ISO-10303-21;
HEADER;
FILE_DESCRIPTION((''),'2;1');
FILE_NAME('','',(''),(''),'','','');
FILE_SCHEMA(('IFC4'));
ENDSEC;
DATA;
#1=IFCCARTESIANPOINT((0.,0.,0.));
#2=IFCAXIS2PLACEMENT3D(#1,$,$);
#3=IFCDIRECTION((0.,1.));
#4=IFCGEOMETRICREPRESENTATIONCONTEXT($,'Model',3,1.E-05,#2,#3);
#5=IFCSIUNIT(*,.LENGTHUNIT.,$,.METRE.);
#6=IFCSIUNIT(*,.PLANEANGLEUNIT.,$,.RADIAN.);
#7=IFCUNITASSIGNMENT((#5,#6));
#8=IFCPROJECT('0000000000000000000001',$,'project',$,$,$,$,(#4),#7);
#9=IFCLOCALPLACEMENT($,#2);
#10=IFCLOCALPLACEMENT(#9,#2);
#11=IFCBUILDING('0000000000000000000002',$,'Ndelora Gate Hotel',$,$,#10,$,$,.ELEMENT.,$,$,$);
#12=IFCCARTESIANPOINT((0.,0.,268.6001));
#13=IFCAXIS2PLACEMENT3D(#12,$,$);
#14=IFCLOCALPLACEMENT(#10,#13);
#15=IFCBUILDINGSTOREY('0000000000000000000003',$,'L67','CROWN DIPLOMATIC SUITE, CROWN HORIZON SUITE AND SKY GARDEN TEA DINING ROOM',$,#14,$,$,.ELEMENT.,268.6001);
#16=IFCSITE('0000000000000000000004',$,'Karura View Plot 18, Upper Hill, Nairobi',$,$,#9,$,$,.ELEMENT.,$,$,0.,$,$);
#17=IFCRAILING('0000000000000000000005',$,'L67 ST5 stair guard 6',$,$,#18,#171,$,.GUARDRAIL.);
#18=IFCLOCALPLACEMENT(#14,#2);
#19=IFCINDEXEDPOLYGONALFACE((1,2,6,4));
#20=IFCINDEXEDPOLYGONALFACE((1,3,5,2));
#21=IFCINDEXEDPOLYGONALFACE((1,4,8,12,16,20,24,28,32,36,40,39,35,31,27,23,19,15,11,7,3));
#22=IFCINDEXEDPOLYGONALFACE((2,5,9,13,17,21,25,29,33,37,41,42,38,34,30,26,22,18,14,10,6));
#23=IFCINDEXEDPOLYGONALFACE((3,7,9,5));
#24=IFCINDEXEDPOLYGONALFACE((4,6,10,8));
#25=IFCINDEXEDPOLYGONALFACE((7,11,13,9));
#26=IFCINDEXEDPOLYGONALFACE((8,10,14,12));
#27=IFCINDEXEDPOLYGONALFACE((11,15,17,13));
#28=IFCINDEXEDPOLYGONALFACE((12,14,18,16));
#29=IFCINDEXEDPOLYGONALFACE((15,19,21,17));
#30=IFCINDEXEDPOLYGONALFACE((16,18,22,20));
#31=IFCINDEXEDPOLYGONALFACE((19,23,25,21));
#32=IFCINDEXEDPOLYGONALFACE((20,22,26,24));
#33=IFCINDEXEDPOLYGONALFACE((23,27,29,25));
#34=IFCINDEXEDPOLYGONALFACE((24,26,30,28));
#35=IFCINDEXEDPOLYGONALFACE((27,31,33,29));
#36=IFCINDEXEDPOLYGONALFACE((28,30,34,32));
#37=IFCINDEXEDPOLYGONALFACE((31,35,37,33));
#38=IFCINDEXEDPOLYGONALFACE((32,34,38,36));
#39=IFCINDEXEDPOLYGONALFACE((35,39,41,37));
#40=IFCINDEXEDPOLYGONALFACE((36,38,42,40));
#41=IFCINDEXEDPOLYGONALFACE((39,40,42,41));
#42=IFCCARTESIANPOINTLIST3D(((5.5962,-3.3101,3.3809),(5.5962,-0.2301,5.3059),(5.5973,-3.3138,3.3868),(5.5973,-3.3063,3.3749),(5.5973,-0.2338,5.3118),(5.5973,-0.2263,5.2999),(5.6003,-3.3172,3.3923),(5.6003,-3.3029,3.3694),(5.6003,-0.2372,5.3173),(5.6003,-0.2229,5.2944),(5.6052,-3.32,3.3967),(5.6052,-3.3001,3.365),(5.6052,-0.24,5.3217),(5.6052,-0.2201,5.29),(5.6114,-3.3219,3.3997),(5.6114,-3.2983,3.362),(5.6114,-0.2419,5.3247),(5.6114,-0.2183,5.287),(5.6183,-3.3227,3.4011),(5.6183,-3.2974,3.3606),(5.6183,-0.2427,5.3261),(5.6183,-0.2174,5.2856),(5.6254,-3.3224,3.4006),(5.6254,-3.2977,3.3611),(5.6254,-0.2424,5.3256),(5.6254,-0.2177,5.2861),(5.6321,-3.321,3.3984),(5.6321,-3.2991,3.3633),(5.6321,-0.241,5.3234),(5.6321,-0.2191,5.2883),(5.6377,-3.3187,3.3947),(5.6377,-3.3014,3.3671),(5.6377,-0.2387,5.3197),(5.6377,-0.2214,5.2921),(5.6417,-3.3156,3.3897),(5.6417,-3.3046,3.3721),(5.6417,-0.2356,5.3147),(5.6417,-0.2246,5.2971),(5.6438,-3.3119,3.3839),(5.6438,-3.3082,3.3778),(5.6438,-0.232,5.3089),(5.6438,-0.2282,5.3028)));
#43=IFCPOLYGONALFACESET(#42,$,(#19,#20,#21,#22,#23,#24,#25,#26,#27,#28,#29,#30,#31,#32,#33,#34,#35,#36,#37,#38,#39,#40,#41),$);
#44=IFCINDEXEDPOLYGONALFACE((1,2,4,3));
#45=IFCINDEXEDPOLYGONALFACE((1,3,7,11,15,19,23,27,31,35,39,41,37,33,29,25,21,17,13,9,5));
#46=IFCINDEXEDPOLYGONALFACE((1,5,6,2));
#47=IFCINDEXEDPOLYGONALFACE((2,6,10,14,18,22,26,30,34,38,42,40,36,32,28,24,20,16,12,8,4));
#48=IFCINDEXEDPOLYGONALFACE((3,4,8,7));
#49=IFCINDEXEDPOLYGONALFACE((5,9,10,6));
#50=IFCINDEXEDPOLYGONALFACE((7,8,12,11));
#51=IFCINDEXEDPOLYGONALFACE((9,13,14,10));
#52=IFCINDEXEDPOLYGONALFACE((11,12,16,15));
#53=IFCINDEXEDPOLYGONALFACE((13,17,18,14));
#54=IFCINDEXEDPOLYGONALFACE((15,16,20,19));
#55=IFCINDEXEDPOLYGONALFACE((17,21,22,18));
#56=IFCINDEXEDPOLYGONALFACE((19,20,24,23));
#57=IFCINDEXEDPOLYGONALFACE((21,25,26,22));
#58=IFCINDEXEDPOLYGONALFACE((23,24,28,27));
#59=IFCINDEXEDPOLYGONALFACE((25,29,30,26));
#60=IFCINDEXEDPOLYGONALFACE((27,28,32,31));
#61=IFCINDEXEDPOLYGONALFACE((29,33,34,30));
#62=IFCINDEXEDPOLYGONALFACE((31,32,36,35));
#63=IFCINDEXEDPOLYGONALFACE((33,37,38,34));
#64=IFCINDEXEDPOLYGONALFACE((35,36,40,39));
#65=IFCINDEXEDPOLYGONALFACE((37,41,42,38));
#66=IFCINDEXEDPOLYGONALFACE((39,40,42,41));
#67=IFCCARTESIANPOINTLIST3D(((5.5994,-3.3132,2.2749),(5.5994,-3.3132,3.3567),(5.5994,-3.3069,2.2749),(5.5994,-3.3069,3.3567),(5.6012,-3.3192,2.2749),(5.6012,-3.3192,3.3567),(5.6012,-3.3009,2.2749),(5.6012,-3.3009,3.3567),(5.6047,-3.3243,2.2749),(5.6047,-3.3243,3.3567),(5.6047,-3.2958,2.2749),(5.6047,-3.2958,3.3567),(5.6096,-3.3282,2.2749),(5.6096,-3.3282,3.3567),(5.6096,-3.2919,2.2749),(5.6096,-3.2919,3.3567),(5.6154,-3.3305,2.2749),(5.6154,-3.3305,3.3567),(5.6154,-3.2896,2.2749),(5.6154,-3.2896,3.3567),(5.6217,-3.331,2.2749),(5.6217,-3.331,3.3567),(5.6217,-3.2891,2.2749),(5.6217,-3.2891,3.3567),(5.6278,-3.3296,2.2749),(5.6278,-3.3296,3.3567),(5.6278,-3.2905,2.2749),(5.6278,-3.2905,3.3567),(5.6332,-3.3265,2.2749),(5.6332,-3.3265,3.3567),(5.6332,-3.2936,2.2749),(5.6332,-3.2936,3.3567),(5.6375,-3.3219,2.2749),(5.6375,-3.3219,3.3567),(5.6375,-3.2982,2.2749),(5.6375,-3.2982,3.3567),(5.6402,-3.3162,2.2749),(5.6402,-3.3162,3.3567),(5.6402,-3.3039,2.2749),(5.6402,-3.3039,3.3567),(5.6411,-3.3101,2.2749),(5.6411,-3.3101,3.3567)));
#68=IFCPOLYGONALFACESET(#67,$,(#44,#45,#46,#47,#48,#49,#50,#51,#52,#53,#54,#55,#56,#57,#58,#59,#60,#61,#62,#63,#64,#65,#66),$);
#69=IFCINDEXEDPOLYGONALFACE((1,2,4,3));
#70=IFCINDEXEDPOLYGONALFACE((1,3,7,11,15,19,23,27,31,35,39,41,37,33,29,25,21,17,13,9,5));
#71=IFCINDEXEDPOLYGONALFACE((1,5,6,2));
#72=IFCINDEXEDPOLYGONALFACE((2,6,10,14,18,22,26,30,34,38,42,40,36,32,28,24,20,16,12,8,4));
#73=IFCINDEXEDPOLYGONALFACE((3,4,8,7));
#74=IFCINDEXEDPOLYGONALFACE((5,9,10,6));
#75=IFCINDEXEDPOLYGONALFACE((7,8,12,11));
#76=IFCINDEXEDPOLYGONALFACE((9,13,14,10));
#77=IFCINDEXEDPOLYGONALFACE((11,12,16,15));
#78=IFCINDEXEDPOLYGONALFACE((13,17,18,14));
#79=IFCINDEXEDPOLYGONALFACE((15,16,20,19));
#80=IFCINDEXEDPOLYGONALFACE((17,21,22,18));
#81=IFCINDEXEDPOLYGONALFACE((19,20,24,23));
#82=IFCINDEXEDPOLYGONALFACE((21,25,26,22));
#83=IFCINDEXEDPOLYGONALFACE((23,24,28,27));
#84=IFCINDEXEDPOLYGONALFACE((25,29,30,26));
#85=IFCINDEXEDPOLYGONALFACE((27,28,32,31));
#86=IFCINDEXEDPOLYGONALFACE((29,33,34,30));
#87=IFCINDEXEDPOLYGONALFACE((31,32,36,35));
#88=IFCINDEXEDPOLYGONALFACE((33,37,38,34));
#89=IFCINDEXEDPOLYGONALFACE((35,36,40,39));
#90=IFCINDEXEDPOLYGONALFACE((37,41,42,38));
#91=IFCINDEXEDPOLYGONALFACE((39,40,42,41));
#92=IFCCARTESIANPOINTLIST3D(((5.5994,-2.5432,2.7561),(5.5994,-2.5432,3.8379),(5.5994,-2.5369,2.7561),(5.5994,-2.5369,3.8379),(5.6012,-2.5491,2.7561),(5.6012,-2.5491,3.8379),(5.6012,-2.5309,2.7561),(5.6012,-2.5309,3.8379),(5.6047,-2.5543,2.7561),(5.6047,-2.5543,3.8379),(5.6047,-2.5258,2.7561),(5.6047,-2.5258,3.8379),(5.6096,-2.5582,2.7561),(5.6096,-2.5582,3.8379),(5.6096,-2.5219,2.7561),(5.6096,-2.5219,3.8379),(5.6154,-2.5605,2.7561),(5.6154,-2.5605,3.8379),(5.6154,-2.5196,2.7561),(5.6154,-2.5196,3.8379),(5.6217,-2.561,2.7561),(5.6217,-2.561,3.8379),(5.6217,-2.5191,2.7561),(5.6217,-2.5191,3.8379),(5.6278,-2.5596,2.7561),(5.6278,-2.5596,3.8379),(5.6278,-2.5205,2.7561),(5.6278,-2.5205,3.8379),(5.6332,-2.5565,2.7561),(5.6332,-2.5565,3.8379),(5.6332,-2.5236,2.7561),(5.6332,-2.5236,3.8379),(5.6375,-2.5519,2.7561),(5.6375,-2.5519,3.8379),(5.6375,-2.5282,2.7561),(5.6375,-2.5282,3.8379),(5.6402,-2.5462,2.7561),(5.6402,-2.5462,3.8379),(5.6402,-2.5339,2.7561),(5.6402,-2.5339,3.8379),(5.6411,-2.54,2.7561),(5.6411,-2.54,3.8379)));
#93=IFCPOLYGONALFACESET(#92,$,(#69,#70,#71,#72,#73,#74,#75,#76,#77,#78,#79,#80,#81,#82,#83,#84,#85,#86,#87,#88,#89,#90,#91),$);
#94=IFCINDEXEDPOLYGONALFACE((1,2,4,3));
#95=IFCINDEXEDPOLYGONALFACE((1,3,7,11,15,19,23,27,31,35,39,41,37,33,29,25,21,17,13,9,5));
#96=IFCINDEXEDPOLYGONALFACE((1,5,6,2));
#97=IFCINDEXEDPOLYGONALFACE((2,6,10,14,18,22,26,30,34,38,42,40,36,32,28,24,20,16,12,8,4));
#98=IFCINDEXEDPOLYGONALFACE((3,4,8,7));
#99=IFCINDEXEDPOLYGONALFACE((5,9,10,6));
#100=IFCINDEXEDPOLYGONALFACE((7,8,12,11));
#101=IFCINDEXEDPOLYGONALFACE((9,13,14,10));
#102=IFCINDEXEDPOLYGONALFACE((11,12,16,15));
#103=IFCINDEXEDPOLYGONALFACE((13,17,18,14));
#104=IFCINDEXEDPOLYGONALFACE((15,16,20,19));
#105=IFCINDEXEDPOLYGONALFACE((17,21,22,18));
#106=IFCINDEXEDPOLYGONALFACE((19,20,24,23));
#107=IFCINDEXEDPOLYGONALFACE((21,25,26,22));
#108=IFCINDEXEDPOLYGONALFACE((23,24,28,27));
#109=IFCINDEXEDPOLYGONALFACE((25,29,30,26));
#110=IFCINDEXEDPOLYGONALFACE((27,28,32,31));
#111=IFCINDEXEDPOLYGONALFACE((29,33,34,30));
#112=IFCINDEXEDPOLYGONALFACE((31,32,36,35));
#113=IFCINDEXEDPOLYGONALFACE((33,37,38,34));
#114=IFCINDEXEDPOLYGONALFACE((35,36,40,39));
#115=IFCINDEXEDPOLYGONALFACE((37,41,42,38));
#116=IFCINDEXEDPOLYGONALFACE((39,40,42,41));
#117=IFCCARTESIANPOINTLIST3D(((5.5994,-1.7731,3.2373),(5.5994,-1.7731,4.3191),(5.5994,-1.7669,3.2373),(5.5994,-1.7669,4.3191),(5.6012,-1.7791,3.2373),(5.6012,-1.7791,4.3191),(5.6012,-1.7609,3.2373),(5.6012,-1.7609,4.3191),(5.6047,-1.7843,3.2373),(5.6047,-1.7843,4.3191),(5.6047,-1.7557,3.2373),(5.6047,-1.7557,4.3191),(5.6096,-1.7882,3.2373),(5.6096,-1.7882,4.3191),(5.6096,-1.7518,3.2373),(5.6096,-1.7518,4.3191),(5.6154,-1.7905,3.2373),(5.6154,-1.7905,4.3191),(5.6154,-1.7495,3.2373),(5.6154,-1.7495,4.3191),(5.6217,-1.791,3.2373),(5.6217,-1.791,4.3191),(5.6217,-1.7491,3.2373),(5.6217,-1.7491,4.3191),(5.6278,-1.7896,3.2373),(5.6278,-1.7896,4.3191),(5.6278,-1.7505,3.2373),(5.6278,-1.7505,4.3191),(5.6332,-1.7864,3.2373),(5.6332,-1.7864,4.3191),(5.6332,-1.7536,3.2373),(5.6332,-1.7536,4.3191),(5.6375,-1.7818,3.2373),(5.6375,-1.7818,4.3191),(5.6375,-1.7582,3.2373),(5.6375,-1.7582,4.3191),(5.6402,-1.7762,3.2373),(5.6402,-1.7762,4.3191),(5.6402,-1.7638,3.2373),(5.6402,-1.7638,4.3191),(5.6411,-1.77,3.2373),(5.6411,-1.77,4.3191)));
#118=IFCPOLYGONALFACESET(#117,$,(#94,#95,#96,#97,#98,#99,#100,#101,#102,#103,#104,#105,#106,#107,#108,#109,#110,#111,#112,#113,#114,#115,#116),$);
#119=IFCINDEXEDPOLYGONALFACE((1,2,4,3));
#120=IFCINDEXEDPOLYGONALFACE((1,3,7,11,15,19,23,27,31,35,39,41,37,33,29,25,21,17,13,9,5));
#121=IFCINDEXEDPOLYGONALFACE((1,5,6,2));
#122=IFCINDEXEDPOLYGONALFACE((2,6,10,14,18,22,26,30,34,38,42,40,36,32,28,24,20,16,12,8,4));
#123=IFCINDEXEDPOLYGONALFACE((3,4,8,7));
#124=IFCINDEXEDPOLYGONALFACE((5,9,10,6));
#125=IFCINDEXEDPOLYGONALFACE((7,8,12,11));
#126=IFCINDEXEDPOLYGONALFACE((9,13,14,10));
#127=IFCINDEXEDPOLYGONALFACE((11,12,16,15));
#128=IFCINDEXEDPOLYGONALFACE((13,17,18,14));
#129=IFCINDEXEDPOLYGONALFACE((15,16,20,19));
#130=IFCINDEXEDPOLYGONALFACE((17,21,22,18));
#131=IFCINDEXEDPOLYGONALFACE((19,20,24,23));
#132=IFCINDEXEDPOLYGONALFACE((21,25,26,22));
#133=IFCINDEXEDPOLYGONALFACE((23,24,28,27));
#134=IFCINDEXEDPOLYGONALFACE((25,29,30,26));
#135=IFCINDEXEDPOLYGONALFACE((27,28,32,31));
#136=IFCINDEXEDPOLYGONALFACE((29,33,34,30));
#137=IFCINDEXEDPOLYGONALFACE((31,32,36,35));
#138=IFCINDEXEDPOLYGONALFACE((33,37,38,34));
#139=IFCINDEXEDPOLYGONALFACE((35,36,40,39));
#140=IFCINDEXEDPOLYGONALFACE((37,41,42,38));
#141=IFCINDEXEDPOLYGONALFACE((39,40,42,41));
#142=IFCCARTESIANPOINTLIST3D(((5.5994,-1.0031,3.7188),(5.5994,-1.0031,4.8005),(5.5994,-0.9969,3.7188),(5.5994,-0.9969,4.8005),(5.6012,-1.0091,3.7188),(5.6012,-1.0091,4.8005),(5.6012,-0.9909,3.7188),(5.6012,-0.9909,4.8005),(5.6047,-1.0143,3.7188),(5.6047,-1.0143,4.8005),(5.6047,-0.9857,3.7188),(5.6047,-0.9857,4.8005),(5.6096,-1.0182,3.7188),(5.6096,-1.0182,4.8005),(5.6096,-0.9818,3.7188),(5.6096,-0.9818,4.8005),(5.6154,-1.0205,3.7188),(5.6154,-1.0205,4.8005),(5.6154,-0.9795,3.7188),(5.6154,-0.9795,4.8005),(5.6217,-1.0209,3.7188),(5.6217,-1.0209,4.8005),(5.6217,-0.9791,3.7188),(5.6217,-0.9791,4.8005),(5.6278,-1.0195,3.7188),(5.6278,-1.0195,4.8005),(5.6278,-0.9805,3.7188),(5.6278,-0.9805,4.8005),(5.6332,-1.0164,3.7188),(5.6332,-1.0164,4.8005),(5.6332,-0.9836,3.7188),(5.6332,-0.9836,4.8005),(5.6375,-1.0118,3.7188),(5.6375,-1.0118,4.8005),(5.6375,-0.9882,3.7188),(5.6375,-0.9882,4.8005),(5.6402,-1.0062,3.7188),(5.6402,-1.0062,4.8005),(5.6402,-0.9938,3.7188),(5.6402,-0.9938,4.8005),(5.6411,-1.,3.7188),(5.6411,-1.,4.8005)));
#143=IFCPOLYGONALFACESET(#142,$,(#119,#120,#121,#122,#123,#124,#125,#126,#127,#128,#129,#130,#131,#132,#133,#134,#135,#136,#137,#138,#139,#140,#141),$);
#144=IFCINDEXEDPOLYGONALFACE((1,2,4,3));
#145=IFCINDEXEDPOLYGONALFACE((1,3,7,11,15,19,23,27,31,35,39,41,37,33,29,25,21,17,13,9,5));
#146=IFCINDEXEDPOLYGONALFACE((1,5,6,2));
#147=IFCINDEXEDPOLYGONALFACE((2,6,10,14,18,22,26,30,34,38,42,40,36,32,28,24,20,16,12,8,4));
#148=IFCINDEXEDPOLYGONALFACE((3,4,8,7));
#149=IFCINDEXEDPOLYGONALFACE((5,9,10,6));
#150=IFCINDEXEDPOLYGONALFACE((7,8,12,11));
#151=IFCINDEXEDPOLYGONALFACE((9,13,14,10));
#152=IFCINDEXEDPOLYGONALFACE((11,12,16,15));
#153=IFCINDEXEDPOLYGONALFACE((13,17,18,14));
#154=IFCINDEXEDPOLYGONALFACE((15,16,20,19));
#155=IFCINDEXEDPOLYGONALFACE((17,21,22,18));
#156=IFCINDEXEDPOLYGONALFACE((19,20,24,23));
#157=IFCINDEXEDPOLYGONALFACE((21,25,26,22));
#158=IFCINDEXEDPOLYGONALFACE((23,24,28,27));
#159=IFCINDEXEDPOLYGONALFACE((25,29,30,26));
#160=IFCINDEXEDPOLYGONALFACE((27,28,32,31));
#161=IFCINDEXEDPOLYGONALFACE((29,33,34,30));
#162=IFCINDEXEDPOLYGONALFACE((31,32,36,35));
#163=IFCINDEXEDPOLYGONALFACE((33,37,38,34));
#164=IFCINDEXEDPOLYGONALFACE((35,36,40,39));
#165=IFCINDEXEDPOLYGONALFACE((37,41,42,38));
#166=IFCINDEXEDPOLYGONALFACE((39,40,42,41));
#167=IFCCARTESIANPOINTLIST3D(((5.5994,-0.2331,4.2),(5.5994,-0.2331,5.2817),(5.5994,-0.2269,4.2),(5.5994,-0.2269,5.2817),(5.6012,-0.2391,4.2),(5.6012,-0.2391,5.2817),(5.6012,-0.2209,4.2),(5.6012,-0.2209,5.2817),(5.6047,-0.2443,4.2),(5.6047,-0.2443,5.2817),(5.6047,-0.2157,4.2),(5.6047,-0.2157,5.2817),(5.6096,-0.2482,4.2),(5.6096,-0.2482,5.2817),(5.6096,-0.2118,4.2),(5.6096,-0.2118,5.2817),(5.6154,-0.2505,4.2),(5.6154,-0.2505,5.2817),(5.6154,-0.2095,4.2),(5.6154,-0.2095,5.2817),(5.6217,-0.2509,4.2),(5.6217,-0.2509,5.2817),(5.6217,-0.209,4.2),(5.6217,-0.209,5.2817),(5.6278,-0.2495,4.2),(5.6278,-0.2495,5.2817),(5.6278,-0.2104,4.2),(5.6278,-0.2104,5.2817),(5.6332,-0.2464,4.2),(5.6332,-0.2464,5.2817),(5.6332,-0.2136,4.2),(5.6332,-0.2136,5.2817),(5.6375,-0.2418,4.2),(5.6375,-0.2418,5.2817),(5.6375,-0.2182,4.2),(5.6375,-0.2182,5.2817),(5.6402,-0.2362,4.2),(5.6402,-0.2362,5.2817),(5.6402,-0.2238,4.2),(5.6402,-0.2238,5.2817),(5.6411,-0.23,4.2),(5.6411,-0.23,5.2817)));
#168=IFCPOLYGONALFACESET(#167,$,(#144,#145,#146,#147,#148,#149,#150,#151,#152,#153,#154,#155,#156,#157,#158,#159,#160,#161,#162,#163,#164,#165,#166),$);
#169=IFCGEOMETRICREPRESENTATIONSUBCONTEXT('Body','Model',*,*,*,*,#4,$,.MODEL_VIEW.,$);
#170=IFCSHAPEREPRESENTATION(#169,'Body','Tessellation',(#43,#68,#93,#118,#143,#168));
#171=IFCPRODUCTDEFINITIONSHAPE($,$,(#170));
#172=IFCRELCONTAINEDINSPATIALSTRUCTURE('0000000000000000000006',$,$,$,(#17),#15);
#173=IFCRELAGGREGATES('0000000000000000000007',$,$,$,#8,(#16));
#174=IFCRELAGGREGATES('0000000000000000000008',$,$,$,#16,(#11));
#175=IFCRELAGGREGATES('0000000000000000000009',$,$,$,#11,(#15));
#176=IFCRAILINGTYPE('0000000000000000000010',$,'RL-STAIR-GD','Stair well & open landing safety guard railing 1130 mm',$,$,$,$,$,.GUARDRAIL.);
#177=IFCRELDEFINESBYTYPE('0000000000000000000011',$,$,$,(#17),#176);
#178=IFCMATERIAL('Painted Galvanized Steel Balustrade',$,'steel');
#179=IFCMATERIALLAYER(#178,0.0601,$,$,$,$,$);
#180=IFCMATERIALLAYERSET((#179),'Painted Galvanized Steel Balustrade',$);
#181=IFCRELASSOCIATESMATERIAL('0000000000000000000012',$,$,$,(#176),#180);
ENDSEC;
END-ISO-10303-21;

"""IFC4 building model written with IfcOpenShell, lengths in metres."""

from ifc_helpers import new_model, si_unit, direction, frame, origin, origin_2d, place, context, subcontext, project, spatial, circle, extrude, material, layer, layer_set, type_object, element, save


model = new_model("IFC4")

# Units and contexts
model_context = context("Model", 3, precision=1e-05, world=origin(), true_north=direction((0.0, 1.0)))
body_context = subcontext(model_context, "Body", "Model", "MODEL_VIEW")
ifc_project = project(units=[si_unit("LENGTHUNIT", "METRE"), si_unit("PLANEANGLEUNIT", "RADIAN")], contexts=[model_context])

# Site, building, storey
site_placement = place(None, origin())
site = spatial("IfcSite", under=ifc_project, at=site_placement, Name="Karura View Plot 18, Upper Hill, Nairobi", CompositionType="ELEMENT", RefElevation=0.0)
building_placement = place(site_placement, origin())
building = spatial("IfcBuilding", under=site, at=building_placement, Name="Ndelora Gate Hotel", CompositionType="ELEMENT")
storey_placement = place(building_placement, frame((0.0, 0.0, 268.6001)))
storey = spatial("IfcBuildingStorey", under=building, at=storey_placement, Name="L67", Description="CROWN DIPLOMATIC SUITE, CROWN HORIZON SUITE AND SKY GARDEN TEA DINING ROOM", CompositionType="ELEMENT", Elevation=268.6001)

# Railing
ifc_material_1 = material(Name="Painted Galvanized Steel Balustrade", Category="steel")
ifc_layer_1 = layer(ifc_material_1, 0.0601)
ifc_layer_set_1 = layer_set([ifc_layer_1], Name="Painted Galvanized Steel Balustrade")
railing_type_1 = type_object("IfcRailingType", Name="RL-STAIR-GD", Description="Stair well & open landing safety guard railing 1130 mm", PredefinedType="GUARDRAIL", material=ifc_layer_set_1)
railing_1_placement = place(storey_placement, frame((5.6201, -3.3101, 2.2749)))
element("IfcRailing", 1, at=railing_1_placement, inside=storey, type_object=railing_type_1, Name="L67 ST5 stair guard 6", PredefinedType="GUARDRAIL", context=body_context, shape_type="SweptSolid", body=[
    extrude(circle(Radius=0.0239, at=origin_2d()), frame((0.0, 0.0, 1.106), z_axis=(0.0, 0.847998, 0.529999), x_axis=(-1.0, 0.0, 0.0)), (0.0, 0.0, 1.0), 3.6321),
    extrude(circle(Radius=0.021, at=origin_2d()), origin(), (0.0, 0.0, 1.0), 1.0818),
    extrude(circle(Radius=0.021, at=origin_2d()), frame((0.0, 0.77, 0.4812)), (0.0, 0.0, 1.0), 1.0818),
    extrude(circle(Radius=0.021, at=origin_2d()), frame((0.0, 1.54, 0.9624)), (0.0, 0.0, 1.0), 1.0818),
    extrude(circle(Radius=0.021, at=origin_2d()), frame((0.0, 2.3101, 1.4438)), (0.0, 0.0, 1.0), 1.0818),
    extrude(circle(Radius=0.021, at=origin_2d()), frame((0.0, 3.0801, 1.925)), (0.0, 0.0, 1.0), 1.0818),
])

save(model, "model.ifc")
